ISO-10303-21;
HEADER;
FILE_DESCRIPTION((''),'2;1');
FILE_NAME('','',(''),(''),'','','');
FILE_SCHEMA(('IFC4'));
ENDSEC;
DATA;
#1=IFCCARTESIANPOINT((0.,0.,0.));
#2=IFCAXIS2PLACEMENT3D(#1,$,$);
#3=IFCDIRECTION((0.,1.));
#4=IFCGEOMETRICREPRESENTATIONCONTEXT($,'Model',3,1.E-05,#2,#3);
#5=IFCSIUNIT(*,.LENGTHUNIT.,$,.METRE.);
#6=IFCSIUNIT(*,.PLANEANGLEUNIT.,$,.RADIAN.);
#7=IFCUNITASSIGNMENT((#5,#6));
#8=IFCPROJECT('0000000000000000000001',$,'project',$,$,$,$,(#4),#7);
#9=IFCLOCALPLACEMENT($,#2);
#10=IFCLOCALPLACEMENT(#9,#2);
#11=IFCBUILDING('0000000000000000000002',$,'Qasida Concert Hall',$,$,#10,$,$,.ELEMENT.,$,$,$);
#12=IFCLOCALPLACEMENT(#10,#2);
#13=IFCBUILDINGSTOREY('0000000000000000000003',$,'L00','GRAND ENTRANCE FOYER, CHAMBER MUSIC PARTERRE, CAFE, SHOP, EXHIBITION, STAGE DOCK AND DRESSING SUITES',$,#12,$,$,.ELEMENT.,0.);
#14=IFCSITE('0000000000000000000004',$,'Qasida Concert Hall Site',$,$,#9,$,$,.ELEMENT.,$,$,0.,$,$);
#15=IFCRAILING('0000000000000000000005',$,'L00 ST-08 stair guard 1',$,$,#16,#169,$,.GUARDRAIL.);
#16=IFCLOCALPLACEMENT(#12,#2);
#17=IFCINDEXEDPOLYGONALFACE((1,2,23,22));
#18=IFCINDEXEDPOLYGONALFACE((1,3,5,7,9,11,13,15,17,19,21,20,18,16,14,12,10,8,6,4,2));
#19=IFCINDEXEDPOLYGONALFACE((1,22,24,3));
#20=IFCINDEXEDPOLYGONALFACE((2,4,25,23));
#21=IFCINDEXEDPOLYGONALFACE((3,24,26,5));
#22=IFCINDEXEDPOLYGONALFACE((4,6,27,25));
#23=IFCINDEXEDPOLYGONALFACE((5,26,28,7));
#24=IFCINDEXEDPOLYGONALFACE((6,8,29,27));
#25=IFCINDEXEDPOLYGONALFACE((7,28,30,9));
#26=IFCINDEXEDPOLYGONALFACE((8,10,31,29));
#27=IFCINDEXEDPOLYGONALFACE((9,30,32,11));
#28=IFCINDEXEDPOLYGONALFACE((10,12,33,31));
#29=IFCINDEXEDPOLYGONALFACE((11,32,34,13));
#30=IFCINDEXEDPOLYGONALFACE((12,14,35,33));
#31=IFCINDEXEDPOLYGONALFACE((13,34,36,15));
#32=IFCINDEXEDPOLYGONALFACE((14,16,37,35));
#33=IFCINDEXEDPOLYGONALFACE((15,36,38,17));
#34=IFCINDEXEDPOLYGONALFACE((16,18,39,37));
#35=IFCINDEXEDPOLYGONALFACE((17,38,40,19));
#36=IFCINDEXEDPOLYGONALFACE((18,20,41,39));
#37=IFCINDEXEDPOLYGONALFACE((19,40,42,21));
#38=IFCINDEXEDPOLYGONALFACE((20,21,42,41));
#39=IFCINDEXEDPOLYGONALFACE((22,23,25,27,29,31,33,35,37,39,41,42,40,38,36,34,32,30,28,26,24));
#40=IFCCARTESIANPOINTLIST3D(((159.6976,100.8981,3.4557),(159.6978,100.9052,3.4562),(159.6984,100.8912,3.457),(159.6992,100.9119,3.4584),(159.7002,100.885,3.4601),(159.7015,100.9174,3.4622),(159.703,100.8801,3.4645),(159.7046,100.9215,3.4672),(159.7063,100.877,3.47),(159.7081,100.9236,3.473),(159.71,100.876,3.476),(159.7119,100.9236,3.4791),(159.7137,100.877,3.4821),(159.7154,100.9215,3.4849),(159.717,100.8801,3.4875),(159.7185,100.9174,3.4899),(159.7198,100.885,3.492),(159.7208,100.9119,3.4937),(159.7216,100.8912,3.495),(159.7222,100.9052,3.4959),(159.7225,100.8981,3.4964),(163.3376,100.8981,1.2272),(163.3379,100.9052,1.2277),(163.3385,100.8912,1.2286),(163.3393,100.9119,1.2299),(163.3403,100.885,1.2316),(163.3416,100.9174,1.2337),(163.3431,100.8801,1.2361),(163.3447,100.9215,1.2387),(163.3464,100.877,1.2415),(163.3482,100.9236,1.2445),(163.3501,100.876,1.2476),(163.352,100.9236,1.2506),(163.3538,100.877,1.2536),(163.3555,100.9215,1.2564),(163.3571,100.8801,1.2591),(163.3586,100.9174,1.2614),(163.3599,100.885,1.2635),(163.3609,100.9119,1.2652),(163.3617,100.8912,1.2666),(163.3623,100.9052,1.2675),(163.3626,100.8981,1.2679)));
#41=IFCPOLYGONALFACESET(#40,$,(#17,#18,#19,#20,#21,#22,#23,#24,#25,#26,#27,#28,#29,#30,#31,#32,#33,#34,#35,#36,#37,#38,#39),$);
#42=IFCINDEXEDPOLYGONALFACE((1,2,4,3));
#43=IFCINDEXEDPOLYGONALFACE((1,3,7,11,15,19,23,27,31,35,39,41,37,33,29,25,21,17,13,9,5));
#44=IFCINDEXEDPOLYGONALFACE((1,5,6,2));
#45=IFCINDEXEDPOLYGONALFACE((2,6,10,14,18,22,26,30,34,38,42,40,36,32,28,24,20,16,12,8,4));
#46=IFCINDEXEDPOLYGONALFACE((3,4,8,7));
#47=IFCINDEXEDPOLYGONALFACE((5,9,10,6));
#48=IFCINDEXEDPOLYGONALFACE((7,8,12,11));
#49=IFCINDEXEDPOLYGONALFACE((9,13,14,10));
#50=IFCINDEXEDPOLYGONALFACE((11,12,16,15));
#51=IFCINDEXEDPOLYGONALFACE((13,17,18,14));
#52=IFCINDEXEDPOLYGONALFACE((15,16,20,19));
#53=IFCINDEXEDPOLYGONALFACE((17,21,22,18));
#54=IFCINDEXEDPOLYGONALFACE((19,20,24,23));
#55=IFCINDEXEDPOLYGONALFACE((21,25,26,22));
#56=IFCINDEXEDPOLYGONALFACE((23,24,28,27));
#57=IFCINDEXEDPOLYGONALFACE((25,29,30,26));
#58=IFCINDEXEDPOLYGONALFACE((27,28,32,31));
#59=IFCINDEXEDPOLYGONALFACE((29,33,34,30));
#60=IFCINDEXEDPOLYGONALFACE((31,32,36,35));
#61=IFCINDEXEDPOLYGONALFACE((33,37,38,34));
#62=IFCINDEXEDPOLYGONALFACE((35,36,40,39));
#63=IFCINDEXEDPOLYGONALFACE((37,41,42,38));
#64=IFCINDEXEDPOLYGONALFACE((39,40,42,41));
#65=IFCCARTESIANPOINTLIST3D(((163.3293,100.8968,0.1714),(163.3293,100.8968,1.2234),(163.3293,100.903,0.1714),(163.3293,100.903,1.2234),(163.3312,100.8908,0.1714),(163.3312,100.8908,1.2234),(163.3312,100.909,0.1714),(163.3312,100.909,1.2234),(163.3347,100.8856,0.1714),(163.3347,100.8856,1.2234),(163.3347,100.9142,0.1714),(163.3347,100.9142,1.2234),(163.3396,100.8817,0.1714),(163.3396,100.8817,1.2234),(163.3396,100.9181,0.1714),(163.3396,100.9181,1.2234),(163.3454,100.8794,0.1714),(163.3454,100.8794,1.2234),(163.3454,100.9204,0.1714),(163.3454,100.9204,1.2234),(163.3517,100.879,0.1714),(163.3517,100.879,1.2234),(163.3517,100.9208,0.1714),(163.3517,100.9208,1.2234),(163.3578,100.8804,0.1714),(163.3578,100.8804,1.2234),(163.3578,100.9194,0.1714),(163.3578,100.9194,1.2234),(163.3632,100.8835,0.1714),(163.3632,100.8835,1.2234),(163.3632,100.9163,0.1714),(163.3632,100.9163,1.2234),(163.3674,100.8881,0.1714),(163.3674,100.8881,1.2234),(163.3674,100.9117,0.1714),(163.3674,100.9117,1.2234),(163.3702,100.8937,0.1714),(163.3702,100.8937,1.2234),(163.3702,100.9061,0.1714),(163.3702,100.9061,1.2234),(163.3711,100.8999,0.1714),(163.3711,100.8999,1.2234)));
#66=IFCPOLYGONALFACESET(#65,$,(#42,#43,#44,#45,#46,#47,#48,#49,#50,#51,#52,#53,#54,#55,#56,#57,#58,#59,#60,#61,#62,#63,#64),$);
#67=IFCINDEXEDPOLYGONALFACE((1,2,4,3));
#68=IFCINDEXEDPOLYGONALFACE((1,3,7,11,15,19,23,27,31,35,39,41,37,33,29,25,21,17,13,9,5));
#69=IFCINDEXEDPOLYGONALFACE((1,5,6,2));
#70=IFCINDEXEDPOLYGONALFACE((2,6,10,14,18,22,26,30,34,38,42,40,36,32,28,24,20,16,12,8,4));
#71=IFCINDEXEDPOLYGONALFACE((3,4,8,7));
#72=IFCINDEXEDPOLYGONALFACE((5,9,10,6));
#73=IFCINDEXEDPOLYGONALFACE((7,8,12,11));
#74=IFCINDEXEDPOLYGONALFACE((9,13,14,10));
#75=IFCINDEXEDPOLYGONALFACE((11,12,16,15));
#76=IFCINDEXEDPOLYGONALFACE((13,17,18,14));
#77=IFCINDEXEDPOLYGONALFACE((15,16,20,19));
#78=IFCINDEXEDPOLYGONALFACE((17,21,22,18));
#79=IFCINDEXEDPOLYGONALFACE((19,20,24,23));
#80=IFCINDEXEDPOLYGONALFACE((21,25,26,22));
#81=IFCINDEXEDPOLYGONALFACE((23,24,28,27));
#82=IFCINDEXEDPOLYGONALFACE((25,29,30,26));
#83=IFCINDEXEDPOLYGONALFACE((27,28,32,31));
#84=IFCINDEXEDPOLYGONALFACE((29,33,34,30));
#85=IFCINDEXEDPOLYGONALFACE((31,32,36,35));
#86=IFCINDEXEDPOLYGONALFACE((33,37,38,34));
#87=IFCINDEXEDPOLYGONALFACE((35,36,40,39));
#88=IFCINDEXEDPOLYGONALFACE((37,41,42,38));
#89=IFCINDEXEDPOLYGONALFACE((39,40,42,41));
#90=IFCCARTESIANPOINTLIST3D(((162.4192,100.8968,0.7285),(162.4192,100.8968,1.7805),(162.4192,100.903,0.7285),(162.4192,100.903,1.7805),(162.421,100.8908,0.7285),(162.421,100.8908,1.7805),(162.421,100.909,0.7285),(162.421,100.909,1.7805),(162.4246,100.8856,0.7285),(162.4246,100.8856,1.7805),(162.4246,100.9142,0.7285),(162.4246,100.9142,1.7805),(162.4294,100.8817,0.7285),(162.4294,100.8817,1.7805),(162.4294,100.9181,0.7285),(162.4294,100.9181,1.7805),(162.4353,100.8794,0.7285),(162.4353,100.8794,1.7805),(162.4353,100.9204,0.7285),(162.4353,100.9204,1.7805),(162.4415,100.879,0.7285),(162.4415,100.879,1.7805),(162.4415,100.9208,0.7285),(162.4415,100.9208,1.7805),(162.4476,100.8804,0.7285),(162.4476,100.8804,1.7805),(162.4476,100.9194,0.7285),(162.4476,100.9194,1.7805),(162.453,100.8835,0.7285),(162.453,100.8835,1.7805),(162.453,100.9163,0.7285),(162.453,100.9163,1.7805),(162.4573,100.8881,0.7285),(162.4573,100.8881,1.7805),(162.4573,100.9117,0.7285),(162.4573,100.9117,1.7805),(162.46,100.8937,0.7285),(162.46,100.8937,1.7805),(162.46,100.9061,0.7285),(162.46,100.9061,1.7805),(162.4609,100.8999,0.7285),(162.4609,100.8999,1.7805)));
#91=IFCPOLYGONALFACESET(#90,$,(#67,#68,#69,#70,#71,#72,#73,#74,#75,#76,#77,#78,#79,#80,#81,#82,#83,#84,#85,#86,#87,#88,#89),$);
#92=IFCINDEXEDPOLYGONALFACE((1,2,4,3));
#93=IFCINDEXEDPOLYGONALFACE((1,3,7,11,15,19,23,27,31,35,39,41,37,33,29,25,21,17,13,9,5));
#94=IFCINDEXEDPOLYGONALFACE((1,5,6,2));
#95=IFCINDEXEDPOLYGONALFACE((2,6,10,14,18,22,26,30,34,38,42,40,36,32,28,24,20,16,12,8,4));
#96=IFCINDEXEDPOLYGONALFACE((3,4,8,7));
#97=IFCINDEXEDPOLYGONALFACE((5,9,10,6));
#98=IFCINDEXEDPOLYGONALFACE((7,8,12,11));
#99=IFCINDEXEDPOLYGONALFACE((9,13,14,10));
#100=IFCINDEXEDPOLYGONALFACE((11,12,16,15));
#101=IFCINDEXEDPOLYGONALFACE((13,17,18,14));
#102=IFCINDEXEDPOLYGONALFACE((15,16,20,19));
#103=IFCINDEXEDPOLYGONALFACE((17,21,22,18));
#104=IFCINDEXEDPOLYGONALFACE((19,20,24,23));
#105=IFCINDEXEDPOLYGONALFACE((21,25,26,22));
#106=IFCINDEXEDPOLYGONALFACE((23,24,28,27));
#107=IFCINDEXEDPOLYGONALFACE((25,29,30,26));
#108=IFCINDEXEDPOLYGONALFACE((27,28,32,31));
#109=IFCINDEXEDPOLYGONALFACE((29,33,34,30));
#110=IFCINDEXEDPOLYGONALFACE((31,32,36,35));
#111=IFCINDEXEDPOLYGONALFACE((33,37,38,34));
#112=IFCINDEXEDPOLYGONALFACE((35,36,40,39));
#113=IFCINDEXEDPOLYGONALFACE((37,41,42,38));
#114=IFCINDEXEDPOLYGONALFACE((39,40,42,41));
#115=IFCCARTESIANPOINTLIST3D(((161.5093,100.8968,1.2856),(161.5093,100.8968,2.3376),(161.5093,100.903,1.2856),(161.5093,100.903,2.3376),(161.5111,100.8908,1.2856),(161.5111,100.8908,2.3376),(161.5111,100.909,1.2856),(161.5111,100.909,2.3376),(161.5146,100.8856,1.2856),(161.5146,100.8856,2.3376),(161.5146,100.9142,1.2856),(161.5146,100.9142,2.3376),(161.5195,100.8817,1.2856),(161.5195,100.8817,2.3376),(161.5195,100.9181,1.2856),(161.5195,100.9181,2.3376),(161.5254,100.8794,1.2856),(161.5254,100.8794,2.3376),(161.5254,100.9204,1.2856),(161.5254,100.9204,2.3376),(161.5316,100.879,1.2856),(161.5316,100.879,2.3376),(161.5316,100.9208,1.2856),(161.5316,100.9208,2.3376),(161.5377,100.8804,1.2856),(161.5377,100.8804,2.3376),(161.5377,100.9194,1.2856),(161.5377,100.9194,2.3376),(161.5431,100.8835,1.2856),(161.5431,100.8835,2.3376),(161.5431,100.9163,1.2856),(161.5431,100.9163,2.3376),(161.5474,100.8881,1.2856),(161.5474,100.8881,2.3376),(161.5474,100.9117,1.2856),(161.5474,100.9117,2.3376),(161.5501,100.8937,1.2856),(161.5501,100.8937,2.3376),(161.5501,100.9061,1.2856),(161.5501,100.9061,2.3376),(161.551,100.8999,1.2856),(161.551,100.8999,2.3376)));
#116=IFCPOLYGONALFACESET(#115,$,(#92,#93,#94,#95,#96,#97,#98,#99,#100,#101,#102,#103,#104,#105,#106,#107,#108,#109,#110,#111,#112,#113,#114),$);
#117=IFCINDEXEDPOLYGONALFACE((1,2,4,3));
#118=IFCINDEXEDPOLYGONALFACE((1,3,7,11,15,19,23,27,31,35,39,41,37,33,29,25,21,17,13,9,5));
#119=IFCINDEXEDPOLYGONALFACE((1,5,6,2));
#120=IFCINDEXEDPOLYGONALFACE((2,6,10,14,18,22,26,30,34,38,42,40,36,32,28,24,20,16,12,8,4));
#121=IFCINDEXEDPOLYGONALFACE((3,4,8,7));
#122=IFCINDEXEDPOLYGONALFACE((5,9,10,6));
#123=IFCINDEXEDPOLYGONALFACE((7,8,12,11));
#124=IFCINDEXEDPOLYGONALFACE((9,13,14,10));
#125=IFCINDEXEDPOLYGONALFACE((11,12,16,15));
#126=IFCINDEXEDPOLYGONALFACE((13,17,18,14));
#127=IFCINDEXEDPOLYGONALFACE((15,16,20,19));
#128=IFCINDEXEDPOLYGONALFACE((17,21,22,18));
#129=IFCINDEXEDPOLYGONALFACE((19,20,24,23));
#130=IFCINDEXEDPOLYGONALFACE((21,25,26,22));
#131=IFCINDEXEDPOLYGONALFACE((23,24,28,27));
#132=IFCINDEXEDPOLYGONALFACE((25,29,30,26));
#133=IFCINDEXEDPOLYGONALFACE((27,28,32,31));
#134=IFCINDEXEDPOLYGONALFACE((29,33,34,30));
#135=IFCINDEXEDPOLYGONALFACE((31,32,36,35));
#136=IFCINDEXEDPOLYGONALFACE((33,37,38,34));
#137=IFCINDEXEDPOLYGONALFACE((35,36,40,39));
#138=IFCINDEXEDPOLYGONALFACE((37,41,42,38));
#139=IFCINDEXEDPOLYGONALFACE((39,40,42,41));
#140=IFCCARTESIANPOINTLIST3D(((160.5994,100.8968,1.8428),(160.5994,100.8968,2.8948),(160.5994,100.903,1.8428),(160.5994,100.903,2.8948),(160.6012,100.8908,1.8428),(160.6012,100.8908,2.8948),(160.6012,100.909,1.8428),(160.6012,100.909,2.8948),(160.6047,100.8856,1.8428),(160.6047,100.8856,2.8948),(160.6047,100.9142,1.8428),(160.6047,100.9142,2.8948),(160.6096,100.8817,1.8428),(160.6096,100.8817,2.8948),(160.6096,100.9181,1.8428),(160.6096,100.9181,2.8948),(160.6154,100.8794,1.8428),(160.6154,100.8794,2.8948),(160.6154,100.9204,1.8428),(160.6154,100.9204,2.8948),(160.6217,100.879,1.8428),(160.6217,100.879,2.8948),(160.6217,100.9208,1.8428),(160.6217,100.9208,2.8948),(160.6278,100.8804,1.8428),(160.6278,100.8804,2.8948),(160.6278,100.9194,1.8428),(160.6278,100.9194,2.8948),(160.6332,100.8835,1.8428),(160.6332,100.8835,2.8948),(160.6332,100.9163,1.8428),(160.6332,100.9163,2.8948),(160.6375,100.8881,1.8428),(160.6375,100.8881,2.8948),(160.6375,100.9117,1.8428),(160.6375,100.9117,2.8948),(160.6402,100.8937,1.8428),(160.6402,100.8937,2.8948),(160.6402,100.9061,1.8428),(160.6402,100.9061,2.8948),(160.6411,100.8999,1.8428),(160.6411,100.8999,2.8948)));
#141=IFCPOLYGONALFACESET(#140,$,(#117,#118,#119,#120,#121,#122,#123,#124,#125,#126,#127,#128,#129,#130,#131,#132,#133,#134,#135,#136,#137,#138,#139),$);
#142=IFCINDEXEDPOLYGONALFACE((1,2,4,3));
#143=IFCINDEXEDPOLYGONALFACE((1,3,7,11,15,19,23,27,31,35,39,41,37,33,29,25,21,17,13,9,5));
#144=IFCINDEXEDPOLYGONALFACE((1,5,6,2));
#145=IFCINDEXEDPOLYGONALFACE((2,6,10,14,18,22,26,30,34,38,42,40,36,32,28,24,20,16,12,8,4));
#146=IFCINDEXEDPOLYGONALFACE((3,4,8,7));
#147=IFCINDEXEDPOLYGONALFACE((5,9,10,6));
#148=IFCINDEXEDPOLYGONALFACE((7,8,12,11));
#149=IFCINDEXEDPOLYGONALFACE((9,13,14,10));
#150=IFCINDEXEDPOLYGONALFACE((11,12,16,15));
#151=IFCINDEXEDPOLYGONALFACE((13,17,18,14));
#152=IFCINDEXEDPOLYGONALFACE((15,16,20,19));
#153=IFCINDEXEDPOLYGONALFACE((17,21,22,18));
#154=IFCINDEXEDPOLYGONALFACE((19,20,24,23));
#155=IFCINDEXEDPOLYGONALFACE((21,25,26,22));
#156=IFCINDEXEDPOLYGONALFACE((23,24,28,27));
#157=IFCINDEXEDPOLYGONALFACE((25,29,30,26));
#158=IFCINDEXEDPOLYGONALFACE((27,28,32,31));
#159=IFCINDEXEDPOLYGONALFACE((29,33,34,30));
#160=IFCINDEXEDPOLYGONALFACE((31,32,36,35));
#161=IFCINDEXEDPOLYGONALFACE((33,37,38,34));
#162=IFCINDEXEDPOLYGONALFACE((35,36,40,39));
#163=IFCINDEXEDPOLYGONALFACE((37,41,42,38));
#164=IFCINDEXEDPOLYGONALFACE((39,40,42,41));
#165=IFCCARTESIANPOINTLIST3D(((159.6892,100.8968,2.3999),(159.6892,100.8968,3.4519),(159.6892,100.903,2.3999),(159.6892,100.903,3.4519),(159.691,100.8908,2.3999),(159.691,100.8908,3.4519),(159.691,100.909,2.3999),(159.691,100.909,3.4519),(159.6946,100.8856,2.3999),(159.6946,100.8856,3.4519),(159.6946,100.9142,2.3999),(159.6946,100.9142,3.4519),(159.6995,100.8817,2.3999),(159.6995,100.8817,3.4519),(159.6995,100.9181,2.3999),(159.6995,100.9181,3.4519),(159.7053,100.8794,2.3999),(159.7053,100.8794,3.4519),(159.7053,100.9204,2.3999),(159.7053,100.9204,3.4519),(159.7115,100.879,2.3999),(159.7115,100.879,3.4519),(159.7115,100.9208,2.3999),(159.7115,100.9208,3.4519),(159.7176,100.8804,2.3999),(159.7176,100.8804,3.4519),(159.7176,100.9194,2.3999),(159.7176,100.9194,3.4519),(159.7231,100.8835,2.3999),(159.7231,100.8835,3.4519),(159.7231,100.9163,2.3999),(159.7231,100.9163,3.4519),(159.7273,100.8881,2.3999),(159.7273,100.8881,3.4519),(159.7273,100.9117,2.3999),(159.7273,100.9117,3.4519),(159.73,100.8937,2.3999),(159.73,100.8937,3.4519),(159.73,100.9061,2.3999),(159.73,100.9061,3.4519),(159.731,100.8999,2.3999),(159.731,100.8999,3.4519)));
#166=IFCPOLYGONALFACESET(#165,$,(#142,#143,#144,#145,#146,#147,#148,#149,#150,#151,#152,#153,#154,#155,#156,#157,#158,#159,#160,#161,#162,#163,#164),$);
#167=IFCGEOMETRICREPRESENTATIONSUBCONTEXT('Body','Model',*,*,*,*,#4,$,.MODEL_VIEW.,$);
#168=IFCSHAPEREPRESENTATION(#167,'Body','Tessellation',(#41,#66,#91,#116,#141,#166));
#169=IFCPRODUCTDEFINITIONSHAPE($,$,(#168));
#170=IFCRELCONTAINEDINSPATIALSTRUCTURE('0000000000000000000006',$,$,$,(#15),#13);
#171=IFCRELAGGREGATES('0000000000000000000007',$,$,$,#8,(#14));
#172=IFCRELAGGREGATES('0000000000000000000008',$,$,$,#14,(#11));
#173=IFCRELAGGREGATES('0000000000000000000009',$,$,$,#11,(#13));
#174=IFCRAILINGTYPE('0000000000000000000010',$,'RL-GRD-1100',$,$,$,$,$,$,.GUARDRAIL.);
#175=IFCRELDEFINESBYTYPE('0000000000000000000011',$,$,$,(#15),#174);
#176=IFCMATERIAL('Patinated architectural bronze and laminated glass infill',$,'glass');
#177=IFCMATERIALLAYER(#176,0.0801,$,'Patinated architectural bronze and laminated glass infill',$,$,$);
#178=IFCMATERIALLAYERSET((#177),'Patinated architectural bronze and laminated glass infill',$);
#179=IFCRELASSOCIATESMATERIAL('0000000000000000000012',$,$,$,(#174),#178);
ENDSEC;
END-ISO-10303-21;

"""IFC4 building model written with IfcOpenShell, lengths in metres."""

from ifc_helpers import new_model, si_unit, direction, frame, origin, origin_2d, place, context, subcontext, project, spatial, circle, extrude, material, layer, layer_set, type_object, element, save


model = new_model("IFC4")

# Units and contexts
model_context = context("Model", 3, precision=1e-05, world=origin(), true_north=direction((0.0, 1.0)))
body_context = subcontext(model_context, "Body", "Model", "MODEL_VIEW")
ifc_project = project(units=[si_unit("LENGTHUNIT", "METRE"), si_unit("PLANEANGLEUNIT", "RADIAN")], contexts=[model_context])

# Site, building, storey
site_placement = place(None, origin())
site = spatial("IfcSite", under=ifc_project, at=site_placement, Name="Qasida Concert Hall Site", CompositionType="ELEMENT", RefElevation=0.0)
building_placement = place(site_placement, origin())
building = spatial("IfcBuilding", under=site, at=building_placement, Name="Qasida Concert Hall", CompositionType="ELEMENT")
storey_placement = place(building_placement, origin())
storey = spatial("IfcBuildingStorey", under=building, at=storey_placement, Name="L00", Description="GRAND ENTRANCE FOYER, CHAMBER MUSIC PARTERRE, CAFE, SHOP, EXHIBITION, STAGE DOCK AND DRESSING SUITES", CompositionType="ELEMENT", Elevation=0.0)

# Railing
ifc_material_1 = material(Name="Patinated architectural bronze and laminated glass infill", Category="glass")
ifc_layer_1 = layer(ifc_material_1, 0.0801, Name="Patinated architectural bronze and laminated glass infill")
ifc_layer_set_1 = layer_set([ifc_layer_1], Name="Patinated architectural bronze and laminated glass infill")
railing_type_1 = type_object("IfcRailingType", Name="RL-GRD-1100", PredefinedType="GUARDRAIL", material=ifc_layer_set_1)
railing_1_placement = place(storey_placement, frame((163.3501, 100.8999, 0.1714)))
element("IfcRailing", 1, at=railing_1_placement, inside=storey, type_object=railing_type_1, Name="L00 ST-08 stair guard 1", PredefinedType="GUARDRAIL", context=body_context, shape_type="SweptSolid", body=[
    extrude(circle(Radius=0.0239, at=origin_2d()), frame((0.0, 0.0, 1.0762), z_axis=(-0.852866, 0.0, 0.52213), x_axis=(0.0, -1.0, 0.0)), (0.0, 0.0, 1.0), 4.2681),
    extrude(circle(Radius=0.021, at=origin_2d()), origin(), (0.0, 0.0, 1.0), 1.052),
    extrude(circle(Radius=0.021, at=origin_2d()), frame((-0.9102, 0.0, 0.5571)), (0.0, 0.0, 1.0), 1.052),
    extrude(circle(Radius=0.021, at=origin_2d()), frame((-1.8201, 0.0, 1.1143)), (0.0, 0.0, 1.0), 1.052),
    extrude(circle(Radius=0.021, at=origin_2d()), frame((-2.73, 0.0, 1.6714)), (0.0, 0.0, 1.0), 1.052),
    extrude(circle(Radius=0.021, at=origin_2d()), frame((-3.6401, 0.0, 2.2285)), (0.0, 0.0, 1.0), 1.052),
])

save(model, "model.ifc")
